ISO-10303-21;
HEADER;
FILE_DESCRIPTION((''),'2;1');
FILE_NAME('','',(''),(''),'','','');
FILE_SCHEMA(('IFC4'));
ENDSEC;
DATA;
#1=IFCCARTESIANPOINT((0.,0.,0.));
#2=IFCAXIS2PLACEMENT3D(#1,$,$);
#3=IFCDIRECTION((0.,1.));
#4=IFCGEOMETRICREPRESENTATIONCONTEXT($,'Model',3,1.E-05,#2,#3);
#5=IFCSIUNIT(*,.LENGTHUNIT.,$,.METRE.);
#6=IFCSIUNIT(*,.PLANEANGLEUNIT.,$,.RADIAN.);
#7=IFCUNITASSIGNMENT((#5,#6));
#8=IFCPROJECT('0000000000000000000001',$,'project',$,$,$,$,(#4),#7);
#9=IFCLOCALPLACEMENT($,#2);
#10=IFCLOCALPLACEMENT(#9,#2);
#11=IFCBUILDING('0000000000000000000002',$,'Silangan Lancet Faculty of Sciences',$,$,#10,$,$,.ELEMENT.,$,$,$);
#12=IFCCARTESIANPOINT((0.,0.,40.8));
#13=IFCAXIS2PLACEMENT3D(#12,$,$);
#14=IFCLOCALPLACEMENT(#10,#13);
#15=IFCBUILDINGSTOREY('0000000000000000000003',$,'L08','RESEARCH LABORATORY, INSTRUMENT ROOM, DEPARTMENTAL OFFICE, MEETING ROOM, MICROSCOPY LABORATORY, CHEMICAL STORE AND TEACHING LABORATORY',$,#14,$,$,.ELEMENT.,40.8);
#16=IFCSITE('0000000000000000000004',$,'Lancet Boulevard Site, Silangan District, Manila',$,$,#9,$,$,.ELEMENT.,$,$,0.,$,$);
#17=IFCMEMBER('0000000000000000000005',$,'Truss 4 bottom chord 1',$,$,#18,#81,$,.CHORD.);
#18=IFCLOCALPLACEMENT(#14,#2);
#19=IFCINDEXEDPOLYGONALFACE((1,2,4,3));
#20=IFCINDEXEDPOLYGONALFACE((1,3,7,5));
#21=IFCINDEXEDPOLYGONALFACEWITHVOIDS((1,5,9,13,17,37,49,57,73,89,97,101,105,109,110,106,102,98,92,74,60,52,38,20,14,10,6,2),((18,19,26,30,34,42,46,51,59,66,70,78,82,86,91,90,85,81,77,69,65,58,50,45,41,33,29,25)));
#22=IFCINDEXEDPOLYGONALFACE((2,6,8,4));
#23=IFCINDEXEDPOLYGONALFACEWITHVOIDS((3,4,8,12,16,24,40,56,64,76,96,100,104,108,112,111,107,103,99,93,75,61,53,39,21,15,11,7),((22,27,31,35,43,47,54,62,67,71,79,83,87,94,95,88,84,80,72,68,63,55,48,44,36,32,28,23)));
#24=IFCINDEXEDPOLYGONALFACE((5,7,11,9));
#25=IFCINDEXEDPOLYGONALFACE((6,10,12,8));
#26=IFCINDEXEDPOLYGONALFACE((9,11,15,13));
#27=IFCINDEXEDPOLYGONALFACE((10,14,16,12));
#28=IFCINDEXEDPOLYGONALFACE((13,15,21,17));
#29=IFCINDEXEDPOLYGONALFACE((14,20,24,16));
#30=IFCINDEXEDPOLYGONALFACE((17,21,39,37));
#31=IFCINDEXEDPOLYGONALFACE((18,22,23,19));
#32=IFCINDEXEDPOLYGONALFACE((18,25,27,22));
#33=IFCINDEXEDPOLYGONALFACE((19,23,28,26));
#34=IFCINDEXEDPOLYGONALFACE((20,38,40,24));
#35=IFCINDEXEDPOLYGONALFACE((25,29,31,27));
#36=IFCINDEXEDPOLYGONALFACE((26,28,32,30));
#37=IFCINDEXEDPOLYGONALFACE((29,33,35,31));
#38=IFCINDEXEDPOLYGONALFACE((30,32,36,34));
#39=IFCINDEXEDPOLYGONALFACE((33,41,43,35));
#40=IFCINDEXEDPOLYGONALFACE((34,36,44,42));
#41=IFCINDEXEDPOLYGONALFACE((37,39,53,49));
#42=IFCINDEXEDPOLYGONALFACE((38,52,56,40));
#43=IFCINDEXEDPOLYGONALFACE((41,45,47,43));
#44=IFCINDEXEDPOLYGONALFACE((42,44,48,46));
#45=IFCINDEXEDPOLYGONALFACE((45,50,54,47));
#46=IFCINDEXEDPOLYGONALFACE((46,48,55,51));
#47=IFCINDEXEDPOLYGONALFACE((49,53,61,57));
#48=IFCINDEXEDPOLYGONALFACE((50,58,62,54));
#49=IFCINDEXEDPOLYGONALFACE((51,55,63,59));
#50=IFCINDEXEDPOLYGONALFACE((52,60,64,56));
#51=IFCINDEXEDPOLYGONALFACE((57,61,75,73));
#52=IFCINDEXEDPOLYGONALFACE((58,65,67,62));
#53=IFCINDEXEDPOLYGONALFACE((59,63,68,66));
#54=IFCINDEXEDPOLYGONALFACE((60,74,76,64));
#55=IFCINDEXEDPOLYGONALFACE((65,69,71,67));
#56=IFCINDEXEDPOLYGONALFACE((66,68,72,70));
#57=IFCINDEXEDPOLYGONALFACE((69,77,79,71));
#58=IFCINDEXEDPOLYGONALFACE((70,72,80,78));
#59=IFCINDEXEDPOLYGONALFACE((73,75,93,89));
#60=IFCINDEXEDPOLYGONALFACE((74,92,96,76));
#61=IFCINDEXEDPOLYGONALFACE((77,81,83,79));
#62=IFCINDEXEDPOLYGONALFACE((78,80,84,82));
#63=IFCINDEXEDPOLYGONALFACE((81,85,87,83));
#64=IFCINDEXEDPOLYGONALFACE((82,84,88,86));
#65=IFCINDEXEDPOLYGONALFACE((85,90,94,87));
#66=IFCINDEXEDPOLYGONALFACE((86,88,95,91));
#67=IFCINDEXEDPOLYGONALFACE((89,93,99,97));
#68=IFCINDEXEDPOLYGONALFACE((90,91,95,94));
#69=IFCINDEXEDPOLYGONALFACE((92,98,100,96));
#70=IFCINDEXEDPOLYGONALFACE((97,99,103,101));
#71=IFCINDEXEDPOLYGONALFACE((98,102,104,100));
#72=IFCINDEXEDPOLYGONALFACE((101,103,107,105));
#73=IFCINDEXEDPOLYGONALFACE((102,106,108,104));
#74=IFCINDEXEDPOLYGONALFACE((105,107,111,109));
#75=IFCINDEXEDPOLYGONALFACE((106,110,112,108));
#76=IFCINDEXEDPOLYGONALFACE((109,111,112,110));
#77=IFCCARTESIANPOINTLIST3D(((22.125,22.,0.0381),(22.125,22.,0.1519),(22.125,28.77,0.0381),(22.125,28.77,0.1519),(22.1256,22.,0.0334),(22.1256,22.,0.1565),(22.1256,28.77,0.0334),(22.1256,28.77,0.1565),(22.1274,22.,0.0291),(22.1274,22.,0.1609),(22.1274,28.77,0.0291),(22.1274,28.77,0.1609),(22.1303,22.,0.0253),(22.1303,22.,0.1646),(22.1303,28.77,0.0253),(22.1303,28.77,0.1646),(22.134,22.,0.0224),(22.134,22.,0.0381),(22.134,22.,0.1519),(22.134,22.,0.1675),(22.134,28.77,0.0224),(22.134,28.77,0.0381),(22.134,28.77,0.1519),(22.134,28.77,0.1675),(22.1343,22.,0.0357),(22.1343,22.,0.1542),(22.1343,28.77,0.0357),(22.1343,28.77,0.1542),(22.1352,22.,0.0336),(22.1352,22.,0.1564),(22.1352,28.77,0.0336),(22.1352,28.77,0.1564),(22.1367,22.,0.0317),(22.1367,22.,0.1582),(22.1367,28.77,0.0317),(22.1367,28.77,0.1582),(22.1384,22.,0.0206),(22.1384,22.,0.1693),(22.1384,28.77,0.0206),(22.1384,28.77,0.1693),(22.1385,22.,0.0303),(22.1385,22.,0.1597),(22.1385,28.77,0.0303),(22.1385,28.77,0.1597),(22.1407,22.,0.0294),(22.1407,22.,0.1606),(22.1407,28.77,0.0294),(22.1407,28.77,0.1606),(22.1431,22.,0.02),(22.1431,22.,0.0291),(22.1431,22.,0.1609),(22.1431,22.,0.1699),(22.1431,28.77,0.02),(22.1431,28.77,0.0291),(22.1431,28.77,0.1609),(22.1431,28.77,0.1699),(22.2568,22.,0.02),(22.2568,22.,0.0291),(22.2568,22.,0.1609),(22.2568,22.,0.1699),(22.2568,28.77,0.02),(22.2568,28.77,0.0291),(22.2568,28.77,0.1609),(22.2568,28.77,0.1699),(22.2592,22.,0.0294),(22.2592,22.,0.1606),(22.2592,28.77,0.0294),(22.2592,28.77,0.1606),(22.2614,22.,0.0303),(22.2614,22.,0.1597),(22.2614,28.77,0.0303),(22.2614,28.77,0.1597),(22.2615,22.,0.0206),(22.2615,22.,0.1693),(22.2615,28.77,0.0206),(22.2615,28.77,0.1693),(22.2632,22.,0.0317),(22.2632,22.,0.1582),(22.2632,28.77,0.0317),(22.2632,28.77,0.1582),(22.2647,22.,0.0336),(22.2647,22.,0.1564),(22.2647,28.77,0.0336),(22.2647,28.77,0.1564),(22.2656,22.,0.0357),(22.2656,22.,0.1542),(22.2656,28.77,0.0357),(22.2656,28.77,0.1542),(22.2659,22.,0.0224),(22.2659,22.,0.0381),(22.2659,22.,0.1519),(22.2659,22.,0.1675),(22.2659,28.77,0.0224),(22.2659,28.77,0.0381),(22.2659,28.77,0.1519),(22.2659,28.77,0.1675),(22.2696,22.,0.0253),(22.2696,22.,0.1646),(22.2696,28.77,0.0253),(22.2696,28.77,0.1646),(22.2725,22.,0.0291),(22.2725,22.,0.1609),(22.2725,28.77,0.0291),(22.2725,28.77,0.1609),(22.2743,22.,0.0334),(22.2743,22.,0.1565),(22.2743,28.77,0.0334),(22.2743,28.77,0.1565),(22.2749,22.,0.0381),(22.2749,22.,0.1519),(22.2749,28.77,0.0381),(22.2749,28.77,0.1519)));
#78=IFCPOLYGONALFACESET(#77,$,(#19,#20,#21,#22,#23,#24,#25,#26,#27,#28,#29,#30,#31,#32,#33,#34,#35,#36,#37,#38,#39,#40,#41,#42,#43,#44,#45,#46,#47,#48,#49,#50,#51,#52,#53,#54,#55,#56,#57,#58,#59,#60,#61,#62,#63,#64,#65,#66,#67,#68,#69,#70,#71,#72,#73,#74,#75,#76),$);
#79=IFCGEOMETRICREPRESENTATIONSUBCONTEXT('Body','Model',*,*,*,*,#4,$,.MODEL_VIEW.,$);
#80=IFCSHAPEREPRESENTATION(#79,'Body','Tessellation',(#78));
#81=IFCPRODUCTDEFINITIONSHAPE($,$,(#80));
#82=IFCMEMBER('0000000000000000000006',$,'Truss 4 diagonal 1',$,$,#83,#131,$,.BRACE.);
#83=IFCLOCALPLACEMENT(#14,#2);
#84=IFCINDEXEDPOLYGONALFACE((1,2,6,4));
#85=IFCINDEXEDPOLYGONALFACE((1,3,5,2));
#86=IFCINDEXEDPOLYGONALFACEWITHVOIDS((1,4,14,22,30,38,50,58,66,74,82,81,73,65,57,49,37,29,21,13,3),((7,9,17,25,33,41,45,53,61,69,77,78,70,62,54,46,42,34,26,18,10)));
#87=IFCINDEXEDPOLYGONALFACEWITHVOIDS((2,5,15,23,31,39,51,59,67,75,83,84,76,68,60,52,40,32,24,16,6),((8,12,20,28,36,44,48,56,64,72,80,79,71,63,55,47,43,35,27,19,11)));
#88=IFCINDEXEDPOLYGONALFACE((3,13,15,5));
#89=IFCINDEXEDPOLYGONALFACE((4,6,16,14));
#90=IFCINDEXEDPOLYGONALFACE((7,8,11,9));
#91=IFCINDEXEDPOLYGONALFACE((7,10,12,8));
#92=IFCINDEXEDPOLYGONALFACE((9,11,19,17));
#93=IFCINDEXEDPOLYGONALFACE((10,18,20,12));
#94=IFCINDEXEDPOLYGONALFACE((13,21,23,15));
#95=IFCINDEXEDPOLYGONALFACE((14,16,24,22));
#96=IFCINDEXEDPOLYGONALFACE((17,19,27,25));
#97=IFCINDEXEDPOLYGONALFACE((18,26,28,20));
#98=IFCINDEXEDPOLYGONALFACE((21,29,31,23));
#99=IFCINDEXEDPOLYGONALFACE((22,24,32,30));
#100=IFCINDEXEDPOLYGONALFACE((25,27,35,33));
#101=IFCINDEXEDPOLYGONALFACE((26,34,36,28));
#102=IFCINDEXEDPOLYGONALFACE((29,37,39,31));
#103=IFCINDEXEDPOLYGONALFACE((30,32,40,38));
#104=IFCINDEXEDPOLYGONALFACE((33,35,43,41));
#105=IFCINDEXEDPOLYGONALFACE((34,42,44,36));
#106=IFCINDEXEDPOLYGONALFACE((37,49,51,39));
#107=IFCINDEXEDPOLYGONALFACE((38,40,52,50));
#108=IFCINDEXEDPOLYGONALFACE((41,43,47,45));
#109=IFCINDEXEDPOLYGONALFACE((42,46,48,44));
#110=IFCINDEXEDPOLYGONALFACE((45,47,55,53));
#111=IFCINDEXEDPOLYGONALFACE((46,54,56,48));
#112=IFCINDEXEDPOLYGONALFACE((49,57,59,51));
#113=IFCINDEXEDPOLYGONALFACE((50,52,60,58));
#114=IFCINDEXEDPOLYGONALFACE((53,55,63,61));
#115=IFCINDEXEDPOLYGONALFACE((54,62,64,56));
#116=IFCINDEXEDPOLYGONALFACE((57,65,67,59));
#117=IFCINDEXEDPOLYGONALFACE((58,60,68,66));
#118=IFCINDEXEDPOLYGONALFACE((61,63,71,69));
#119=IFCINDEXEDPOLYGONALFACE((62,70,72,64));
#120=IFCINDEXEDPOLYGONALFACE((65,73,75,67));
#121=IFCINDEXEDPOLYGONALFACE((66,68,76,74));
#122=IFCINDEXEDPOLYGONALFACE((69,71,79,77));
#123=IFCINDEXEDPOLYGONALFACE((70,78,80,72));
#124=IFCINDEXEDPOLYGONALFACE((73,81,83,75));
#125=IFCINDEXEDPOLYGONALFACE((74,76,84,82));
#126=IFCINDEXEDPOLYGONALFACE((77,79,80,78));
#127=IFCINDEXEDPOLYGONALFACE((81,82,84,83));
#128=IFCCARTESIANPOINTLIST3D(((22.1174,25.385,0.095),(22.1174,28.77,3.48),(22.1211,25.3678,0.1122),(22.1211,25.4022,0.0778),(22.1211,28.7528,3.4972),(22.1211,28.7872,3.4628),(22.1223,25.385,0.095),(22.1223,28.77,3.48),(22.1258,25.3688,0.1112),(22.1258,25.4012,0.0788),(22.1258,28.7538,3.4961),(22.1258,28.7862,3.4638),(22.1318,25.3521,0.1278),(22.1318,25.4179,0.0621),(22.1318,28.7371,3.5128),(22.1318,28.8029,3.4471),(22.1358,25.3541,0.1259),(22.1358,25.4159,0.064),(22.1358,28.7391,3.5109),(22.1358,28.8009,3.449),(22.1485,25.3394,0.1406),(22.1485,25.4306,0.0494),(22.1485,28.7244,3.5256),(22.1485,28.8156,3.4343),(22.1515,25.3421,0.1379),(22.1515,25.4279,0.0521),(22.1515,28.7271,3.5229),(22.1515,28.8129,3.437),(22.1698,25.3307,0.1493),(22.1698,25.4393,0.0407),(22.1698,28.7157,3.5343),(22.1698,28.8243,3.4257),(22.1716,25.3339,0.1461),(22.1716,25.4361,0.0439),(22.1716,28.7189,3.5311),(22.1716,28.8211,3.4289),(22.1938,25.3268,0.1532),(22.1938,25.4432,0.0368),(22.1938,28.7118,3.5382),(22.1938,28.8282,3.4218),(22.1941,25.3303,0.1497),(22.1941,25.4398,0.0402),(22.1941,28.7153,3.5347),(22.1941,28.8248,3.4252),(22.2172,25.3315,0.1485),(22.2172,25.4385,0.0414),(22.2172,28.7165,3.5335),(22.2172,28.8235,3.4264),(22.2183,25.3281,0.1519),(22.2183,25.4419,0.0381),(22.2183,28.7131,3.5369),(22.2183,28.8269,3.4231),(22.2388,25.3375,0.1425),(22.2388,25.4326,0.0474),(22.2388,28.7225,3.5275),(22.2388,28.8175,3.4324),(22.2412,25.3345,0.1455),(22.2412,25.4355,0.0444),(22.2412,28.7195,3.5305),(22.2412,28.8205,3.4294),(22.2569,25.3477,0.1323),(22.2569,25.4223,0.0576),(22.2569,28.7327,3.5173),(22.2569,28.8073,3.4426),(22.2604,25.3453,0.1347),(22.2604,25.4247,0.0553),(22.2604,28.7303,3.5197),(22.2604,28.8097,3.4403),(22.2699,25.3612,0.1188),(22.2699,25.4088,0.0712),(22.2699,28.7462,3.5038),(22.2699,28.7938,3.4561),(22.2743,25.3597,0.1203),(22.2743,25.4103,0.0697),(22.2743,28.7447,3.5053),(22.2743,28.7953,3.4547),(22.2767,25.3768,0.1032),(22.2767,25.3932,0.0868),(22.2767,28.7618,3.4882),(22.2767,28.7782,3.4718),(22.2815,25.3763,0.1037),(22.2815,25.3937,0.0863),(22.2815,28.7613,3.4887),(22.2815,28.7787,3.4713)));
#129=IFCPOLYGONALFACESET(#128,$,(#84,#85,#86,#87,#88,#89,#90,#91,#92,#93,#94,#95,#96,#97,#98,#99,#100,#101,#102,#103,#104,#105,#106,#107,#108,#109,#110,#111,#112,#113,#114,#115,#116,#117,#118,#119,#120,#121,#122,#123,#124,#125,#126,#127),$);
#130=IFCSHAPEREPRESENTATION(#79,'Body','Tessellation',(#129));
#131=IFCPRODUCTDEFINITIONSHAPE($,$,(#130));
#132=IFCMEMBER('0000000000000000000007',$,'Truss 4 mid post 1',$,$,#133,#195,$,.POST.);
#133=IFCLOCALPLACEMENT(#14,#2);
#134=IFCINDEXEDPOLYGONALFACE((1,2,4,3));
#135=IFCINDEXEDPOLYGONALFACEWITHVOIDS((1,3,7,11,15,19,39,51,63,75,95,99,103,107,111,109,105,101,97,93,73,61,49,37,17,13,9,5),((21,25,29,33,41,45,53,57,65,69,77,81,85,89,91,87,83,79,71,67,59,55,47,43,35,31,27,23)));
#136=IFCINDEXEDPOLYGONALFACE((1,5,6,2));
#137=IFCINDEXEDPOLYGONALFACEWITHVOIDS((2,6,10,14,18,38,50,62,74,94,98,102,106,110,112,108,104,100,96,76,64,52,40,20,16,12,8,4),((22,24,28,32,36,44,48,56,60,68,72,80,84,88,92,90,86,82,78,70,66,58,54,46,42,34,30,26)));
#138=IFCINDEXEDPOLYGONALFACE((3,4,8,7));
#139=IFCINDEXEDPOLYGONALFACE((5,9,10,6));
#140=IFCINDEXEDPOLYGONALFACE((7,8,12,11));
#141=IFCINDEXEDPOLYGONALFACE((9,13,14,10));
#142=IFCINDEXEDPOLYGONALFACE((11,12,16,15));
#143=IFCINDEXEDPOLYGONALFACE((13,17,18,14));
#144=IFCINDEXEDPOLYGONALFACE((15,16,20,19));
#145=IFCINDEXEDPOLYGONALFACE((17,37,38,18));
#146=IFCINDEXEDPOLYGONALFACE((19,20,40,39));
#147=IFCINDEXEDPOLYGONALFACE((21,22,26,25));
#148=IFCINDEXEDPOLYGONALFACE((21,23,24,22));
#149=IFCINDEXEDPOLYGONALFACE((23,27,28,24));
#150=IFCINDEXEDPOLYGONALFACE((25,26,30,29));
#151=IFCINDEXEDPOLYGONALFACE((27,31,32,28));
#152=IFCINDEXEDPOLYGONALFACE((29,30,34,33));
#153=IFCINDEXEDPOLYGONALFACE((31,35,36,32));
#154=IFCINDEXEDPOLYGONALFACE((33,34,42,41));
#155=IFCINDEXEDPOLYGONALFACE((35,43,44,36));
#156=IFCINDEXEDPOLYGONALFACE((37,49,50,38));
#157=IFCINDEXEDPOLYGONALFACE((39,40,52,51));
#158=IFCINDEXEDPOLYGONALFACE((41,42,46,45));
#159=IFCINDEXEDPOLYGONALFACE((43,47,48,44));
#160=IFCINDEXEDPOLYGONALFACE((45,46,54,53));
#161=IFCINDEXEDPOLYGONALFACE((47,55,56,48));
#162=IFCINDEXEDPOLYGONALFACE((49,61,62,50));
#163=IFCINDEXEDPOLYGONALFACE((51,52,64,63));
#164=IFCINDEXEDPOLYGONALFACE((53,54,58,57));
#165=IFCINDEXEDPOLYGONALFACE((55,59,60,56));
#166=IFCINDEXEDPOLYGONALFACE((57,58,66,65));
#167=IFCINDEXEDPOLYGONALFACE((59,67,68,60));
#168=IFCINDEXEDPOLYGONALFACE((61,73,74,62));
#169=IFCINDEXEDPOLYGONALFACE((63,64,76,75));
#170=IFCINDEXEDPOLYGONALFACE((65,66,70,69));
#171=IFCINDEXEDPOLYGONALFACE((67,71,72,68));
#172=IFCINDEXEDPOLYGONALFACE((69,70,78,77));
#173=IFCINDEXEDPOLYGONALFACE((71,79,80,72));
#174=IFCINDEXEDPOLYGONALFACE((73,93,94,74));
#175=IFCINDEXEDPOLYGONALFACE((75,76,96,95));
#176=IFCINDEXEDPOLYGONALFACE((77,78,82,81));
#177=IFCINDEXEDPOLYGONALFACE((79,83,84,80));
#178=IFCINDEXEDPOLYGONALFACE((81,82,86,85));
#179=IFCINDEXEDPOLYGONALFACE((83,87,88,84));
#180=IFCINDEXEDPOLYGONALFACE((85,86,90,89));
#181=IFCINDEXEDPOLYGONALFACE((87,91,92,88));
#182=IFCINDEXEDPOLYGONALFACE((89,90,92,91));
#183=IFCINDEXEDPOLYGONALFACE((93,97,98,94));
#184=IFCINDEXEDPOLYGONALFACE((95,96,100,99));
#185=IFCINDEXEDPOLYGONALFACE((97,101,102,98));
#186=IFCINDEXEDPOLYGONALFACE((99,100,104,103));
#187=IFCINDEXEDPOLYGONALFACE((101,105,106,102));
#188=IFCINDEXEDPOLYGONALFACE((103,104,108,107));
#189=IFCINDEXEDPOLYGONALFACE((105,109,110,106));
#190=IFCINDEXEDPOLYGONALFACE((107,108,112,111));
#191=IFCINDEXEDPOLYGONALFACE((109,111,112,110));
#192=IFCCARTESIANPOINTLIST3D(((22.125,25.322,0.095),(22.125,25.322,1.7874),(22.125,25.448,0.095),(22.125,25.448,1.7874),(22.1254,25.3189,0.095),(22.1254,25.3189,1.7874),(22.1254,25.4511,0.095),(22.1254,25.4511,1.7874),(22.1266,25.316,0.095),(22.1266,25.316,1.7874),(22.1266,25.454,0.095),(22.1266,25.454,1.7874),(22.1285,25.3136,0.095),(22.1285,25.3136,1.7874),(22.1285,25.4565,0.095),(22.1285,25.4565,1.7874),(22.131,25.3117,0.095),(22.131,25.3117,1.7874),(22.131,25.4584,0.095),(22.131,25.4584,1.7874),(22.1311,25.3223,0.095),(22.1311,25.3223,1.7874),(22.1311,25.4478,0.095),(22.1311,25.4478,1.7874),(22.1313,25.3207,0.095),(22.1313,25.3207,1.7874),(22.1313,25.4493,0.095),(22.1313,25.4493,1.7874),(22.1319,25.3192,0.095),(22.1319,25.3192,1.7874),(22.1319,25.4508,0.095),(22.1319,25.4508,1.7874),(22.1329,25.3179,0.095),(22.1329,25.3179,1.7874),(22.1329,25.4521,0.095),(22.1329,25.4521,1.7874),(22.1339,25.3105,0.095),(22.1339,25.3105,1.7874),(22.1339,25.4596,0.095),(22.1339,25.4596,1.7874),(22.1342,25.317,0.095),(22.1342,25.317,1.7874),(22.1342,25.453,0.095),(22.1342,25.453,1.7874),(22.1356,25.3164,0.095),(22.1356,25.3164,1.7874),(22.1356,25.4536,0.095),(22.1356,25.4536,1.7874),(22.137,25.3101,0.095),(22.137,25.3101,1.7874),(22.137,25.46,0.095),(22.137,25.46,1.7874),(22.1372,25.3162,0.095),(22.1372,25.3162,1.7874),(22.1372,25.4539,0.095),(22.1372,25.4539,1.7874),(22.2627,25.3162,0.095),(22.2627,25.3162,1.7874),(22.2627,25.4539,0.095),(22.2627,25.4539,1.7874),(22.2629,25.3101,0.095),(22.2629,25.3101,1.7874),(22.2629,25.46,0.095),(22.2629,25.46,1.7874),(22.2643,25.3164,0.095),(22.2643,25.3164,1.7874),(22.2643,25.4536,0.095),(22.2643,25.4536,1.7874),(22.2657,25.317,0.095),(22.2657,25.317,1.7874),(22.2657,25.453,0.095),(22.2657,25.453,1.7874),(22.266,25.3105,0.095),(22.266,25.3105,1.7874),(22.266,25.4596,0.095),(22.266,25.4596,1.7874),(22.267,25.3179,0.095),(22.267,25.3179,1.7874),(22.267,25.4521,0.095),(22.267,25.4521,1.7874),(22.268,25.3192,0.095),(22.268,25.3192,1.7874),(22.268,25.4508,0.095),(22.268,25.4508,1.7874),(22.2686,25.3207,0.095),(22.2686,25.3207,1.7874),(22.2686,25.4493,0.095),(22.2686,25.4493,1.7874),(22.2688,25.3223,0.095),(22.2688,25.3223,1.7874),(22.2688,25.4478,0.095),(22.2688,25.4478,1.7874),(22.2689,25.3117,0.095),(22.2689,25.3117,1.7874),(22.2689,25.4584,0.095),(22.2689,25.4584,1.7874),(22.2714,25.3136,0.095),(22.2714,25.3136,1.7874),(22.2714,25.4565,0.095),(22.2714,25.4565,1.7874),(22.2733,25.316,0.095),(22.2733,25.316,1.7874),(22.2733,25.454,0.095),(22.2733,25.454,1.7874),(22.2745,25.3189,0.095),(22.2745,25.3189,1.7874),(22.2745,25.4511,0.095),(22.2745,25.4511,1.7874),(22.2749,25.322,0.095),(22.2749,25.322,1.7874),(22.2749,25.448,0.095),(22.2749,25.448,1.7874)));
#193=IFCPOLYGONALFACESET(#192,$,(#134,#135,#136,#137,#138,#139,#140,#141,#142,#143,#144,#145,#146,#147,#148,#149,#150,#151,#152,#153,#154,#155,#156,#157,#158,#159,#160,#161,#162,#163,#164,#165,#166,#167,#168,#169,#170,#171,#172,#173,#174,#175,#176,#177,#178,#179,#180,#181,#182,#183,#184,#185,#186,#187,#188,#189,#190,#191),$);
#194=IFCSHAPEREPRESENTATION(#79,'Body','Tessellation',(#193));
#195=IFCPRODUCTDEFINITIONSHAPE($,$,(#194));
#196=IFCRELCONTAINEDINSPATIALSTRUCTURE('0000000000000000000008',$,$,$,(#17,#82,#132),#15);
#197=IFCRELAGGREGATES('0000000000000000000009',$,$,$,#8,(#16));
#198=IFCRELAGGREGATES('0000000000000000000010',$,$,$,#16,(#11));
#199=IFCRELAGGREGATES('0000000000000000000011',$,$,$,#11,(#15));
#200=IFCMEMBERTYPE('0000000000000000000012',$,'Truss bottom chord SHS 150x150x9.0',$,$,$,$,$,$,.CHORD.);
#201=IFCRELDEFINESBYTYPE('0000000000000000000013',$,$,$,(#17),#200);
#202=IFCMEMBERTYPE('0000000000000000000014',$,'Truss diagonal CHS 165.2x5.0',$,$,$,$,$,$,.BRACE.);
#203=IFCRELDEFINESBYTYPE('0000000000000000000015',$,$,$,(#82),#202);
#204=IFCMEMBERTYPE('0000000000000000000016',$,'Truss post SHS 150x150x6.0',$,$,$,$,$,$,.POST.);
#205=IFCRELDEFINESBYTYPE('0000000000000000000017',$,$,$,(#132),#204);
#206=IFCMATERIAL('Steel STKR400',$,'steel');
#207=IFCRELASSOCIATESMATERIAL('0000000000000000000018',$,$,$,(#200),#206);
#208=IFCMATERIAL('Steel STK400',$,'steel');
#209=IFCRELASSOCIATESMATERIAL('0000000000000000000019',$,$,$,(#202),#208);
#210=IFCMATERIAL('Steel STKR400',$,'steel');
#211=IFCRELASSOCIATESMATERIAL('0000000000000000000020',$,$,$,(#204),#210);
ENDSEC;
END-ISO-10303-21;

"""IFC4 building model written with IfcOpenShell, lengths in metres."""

from ifc_helpers import new_model, si_unit, direction, frame, origin, origin_2d, place, context, subcontext, project, spatial, hollow_rectangle, hollow_circle, extrude, material, material_profile, profile_set, type_object, element, save


model = new_model("IFC4")

# Units and contexts
model_context = context("Model", 3, precision=1e-05, world=origin(), true_north=direction((0.0, 1.0)))
body_context = subcontext(model_context, "Body", "Model", "MODEL_VIEW")
ifc_project = project(units=[si_unit("LENGTHUNIT", "METRE"), si_unit("PLANEANGLEUNIT", "RADIAN")], contexts=[model_context])

# Site, building, storey
site_placement = place(None, origin())
site = spatial("IfcSite", under=ifc_project, at=site_placement, Name="Lancet Boulevard Site, Silangan District, Manila", CompositionType="ELEMENT", RefElevation=0.0)
building_placement = place(site_placement, origin())
building = spatial("IfcBuilding", under=site, at=building_placement, Name="Silangan Lancet Faculty of Sciences", CompositionType="ELEMENT")
storey_placement = place(building_placement, frame((0.0, 0.0, 40.8)))
storey = spatial("IfcBuildingStorey", under=building, at=storey_placement, Name="L08", Description="RESEARCH LABORATORY, INSTRUMENT ROOM, DEPARTMENTAL OFFICE, MEETING ROOM, MICROSCOPY LABORATORY, CHEMICAL STORE AND TEACHING LABORATORY", CompositionType="ELEMENT", Elevation=40.8)

# Members
ifc_material_1 = material(Name="Steel STKR400", Category="steel")
ifc_material_profile_1 = material_profile(ifc_material_1, hollow_rectangle(XDim=0.1499, YDim=0.1499, WallThickness=0.009, InnerFilletRadius=0.009, OuterFilletRadius=0.0181, at=origin_2d()), Name="SHS 150x150x9.0")
ifc_profile_set_1 = profile_set([ifc_material_profile_1], Name="Steel STKR400")
member_type_1 = type_object("IfcMemberType", Name="Truss bottom chord SHS 150x150x9.0", PredefinedType="CHORD", material=ifc_profile_set_1)
member_1_placement = place(storey_placement, frame((22.2, 22.0, 0.095), z_axis=(0.0, 1.0, 0.0), x_axis=(-1.0, 0.0, 0.0)))
element("IfcMember", 1, at=member_1_placement, inside=storey, type_object=member_type_1, Name="Truss 4 bottom chord 1", PredefinedType="CHORD", context=body_context, shape_type="SweptSolid", body=[
    extrude(hollow_rectangle(XDim=0.1499, YDim=0.1499, WallThickness=0.009, InnerFilletRadius=0.009, OuterFilletRadius=0.0181, at=origin_2d()), origin(), (0.0, 0.0, 1.0), 6.77),
])
ifc_material_2 = material(Name="Steel STK400", Category="steel")
ifc_material_profile_2 = material_profile(ifc_material_2, hollow_circle(Radius=0.0825, WallThickness=0.0049, at=origin_2d()), Name="CHS 165.2x5.0")
ifc_profile_set_2 = profile_set([ifc_material_profile_2], Name="Steel STK400")
member_type_2 = type_object("IfcMemberType", Name="Truss diagonal CHS 165.2x5.0", PredefinedType="BRACE", material=ifc_profile_set_2)
member_2_placement = place(storey_placement, frame((22.2, 25.385, 0.095), z_axis=(0.0, 0.707107, 0.707107), x_axis=(-1.0, 0.0, 0.0)))
element("IfcMember", 2, at=member_2_placement, inside=storey, type_object=member_type_2, Name="Truss 4 diagonal 1", PredefinedType="BRACE", context=body_context, shape_type="SweptSolid", body=[
    extrude(hollow_circle(Radius=0.0825, WallThickness=0.0049, at=origin_2d()), origin(), (0.0, 0.0, 1.0), 4.7871),
])
ifc_material_3 = material(Name="Steel STKR400", Category="steel")
ifc_material_profile_3 = material_profile(ifc_material_3, hollow_rectangle(XDim=0.1499, YDim=0.1499, WallThickness=0.0061, InnerFilletRadius=0.0061, OuterFilletRadius=0.012, at=origin_2d()), Name="SHS 150x150x6.0")
ifc_profile_set_3 = profile_set([ifc_material_profile_3], Name="Steel STKR400")
member_type_3 = type_object("IfcMemberType", Name="Truss post SHS 150x150x6.0", PredefinedType="POST", material=ifc_profile_set_3)
member_3_placement = place(storey_placement, frame((22.2, 25.385, 0.095), z_axis=(0.0, 0.0, 1.0), x_axis=(1.0, 0.0, 0.0)))
element("IfcMember", 3, at=member_3_placement, inside=storey, type_object=member_type_3, Name="Truss 4 mid post 1", PredefinedType="POST", context=body_context, shape_type="SweptSolid", body=[
    extrude(hollow_rectangle(XDim=0.1499, YDim=0.1499, WallThickness=0.0061, InnerFilletRadius=0.0061, OuterFilletRadius=0.012, at=origin_2d()), origin(), (0.0, 0.0, 1.0), 1.6924),
])

save(model, "model.ifc")
